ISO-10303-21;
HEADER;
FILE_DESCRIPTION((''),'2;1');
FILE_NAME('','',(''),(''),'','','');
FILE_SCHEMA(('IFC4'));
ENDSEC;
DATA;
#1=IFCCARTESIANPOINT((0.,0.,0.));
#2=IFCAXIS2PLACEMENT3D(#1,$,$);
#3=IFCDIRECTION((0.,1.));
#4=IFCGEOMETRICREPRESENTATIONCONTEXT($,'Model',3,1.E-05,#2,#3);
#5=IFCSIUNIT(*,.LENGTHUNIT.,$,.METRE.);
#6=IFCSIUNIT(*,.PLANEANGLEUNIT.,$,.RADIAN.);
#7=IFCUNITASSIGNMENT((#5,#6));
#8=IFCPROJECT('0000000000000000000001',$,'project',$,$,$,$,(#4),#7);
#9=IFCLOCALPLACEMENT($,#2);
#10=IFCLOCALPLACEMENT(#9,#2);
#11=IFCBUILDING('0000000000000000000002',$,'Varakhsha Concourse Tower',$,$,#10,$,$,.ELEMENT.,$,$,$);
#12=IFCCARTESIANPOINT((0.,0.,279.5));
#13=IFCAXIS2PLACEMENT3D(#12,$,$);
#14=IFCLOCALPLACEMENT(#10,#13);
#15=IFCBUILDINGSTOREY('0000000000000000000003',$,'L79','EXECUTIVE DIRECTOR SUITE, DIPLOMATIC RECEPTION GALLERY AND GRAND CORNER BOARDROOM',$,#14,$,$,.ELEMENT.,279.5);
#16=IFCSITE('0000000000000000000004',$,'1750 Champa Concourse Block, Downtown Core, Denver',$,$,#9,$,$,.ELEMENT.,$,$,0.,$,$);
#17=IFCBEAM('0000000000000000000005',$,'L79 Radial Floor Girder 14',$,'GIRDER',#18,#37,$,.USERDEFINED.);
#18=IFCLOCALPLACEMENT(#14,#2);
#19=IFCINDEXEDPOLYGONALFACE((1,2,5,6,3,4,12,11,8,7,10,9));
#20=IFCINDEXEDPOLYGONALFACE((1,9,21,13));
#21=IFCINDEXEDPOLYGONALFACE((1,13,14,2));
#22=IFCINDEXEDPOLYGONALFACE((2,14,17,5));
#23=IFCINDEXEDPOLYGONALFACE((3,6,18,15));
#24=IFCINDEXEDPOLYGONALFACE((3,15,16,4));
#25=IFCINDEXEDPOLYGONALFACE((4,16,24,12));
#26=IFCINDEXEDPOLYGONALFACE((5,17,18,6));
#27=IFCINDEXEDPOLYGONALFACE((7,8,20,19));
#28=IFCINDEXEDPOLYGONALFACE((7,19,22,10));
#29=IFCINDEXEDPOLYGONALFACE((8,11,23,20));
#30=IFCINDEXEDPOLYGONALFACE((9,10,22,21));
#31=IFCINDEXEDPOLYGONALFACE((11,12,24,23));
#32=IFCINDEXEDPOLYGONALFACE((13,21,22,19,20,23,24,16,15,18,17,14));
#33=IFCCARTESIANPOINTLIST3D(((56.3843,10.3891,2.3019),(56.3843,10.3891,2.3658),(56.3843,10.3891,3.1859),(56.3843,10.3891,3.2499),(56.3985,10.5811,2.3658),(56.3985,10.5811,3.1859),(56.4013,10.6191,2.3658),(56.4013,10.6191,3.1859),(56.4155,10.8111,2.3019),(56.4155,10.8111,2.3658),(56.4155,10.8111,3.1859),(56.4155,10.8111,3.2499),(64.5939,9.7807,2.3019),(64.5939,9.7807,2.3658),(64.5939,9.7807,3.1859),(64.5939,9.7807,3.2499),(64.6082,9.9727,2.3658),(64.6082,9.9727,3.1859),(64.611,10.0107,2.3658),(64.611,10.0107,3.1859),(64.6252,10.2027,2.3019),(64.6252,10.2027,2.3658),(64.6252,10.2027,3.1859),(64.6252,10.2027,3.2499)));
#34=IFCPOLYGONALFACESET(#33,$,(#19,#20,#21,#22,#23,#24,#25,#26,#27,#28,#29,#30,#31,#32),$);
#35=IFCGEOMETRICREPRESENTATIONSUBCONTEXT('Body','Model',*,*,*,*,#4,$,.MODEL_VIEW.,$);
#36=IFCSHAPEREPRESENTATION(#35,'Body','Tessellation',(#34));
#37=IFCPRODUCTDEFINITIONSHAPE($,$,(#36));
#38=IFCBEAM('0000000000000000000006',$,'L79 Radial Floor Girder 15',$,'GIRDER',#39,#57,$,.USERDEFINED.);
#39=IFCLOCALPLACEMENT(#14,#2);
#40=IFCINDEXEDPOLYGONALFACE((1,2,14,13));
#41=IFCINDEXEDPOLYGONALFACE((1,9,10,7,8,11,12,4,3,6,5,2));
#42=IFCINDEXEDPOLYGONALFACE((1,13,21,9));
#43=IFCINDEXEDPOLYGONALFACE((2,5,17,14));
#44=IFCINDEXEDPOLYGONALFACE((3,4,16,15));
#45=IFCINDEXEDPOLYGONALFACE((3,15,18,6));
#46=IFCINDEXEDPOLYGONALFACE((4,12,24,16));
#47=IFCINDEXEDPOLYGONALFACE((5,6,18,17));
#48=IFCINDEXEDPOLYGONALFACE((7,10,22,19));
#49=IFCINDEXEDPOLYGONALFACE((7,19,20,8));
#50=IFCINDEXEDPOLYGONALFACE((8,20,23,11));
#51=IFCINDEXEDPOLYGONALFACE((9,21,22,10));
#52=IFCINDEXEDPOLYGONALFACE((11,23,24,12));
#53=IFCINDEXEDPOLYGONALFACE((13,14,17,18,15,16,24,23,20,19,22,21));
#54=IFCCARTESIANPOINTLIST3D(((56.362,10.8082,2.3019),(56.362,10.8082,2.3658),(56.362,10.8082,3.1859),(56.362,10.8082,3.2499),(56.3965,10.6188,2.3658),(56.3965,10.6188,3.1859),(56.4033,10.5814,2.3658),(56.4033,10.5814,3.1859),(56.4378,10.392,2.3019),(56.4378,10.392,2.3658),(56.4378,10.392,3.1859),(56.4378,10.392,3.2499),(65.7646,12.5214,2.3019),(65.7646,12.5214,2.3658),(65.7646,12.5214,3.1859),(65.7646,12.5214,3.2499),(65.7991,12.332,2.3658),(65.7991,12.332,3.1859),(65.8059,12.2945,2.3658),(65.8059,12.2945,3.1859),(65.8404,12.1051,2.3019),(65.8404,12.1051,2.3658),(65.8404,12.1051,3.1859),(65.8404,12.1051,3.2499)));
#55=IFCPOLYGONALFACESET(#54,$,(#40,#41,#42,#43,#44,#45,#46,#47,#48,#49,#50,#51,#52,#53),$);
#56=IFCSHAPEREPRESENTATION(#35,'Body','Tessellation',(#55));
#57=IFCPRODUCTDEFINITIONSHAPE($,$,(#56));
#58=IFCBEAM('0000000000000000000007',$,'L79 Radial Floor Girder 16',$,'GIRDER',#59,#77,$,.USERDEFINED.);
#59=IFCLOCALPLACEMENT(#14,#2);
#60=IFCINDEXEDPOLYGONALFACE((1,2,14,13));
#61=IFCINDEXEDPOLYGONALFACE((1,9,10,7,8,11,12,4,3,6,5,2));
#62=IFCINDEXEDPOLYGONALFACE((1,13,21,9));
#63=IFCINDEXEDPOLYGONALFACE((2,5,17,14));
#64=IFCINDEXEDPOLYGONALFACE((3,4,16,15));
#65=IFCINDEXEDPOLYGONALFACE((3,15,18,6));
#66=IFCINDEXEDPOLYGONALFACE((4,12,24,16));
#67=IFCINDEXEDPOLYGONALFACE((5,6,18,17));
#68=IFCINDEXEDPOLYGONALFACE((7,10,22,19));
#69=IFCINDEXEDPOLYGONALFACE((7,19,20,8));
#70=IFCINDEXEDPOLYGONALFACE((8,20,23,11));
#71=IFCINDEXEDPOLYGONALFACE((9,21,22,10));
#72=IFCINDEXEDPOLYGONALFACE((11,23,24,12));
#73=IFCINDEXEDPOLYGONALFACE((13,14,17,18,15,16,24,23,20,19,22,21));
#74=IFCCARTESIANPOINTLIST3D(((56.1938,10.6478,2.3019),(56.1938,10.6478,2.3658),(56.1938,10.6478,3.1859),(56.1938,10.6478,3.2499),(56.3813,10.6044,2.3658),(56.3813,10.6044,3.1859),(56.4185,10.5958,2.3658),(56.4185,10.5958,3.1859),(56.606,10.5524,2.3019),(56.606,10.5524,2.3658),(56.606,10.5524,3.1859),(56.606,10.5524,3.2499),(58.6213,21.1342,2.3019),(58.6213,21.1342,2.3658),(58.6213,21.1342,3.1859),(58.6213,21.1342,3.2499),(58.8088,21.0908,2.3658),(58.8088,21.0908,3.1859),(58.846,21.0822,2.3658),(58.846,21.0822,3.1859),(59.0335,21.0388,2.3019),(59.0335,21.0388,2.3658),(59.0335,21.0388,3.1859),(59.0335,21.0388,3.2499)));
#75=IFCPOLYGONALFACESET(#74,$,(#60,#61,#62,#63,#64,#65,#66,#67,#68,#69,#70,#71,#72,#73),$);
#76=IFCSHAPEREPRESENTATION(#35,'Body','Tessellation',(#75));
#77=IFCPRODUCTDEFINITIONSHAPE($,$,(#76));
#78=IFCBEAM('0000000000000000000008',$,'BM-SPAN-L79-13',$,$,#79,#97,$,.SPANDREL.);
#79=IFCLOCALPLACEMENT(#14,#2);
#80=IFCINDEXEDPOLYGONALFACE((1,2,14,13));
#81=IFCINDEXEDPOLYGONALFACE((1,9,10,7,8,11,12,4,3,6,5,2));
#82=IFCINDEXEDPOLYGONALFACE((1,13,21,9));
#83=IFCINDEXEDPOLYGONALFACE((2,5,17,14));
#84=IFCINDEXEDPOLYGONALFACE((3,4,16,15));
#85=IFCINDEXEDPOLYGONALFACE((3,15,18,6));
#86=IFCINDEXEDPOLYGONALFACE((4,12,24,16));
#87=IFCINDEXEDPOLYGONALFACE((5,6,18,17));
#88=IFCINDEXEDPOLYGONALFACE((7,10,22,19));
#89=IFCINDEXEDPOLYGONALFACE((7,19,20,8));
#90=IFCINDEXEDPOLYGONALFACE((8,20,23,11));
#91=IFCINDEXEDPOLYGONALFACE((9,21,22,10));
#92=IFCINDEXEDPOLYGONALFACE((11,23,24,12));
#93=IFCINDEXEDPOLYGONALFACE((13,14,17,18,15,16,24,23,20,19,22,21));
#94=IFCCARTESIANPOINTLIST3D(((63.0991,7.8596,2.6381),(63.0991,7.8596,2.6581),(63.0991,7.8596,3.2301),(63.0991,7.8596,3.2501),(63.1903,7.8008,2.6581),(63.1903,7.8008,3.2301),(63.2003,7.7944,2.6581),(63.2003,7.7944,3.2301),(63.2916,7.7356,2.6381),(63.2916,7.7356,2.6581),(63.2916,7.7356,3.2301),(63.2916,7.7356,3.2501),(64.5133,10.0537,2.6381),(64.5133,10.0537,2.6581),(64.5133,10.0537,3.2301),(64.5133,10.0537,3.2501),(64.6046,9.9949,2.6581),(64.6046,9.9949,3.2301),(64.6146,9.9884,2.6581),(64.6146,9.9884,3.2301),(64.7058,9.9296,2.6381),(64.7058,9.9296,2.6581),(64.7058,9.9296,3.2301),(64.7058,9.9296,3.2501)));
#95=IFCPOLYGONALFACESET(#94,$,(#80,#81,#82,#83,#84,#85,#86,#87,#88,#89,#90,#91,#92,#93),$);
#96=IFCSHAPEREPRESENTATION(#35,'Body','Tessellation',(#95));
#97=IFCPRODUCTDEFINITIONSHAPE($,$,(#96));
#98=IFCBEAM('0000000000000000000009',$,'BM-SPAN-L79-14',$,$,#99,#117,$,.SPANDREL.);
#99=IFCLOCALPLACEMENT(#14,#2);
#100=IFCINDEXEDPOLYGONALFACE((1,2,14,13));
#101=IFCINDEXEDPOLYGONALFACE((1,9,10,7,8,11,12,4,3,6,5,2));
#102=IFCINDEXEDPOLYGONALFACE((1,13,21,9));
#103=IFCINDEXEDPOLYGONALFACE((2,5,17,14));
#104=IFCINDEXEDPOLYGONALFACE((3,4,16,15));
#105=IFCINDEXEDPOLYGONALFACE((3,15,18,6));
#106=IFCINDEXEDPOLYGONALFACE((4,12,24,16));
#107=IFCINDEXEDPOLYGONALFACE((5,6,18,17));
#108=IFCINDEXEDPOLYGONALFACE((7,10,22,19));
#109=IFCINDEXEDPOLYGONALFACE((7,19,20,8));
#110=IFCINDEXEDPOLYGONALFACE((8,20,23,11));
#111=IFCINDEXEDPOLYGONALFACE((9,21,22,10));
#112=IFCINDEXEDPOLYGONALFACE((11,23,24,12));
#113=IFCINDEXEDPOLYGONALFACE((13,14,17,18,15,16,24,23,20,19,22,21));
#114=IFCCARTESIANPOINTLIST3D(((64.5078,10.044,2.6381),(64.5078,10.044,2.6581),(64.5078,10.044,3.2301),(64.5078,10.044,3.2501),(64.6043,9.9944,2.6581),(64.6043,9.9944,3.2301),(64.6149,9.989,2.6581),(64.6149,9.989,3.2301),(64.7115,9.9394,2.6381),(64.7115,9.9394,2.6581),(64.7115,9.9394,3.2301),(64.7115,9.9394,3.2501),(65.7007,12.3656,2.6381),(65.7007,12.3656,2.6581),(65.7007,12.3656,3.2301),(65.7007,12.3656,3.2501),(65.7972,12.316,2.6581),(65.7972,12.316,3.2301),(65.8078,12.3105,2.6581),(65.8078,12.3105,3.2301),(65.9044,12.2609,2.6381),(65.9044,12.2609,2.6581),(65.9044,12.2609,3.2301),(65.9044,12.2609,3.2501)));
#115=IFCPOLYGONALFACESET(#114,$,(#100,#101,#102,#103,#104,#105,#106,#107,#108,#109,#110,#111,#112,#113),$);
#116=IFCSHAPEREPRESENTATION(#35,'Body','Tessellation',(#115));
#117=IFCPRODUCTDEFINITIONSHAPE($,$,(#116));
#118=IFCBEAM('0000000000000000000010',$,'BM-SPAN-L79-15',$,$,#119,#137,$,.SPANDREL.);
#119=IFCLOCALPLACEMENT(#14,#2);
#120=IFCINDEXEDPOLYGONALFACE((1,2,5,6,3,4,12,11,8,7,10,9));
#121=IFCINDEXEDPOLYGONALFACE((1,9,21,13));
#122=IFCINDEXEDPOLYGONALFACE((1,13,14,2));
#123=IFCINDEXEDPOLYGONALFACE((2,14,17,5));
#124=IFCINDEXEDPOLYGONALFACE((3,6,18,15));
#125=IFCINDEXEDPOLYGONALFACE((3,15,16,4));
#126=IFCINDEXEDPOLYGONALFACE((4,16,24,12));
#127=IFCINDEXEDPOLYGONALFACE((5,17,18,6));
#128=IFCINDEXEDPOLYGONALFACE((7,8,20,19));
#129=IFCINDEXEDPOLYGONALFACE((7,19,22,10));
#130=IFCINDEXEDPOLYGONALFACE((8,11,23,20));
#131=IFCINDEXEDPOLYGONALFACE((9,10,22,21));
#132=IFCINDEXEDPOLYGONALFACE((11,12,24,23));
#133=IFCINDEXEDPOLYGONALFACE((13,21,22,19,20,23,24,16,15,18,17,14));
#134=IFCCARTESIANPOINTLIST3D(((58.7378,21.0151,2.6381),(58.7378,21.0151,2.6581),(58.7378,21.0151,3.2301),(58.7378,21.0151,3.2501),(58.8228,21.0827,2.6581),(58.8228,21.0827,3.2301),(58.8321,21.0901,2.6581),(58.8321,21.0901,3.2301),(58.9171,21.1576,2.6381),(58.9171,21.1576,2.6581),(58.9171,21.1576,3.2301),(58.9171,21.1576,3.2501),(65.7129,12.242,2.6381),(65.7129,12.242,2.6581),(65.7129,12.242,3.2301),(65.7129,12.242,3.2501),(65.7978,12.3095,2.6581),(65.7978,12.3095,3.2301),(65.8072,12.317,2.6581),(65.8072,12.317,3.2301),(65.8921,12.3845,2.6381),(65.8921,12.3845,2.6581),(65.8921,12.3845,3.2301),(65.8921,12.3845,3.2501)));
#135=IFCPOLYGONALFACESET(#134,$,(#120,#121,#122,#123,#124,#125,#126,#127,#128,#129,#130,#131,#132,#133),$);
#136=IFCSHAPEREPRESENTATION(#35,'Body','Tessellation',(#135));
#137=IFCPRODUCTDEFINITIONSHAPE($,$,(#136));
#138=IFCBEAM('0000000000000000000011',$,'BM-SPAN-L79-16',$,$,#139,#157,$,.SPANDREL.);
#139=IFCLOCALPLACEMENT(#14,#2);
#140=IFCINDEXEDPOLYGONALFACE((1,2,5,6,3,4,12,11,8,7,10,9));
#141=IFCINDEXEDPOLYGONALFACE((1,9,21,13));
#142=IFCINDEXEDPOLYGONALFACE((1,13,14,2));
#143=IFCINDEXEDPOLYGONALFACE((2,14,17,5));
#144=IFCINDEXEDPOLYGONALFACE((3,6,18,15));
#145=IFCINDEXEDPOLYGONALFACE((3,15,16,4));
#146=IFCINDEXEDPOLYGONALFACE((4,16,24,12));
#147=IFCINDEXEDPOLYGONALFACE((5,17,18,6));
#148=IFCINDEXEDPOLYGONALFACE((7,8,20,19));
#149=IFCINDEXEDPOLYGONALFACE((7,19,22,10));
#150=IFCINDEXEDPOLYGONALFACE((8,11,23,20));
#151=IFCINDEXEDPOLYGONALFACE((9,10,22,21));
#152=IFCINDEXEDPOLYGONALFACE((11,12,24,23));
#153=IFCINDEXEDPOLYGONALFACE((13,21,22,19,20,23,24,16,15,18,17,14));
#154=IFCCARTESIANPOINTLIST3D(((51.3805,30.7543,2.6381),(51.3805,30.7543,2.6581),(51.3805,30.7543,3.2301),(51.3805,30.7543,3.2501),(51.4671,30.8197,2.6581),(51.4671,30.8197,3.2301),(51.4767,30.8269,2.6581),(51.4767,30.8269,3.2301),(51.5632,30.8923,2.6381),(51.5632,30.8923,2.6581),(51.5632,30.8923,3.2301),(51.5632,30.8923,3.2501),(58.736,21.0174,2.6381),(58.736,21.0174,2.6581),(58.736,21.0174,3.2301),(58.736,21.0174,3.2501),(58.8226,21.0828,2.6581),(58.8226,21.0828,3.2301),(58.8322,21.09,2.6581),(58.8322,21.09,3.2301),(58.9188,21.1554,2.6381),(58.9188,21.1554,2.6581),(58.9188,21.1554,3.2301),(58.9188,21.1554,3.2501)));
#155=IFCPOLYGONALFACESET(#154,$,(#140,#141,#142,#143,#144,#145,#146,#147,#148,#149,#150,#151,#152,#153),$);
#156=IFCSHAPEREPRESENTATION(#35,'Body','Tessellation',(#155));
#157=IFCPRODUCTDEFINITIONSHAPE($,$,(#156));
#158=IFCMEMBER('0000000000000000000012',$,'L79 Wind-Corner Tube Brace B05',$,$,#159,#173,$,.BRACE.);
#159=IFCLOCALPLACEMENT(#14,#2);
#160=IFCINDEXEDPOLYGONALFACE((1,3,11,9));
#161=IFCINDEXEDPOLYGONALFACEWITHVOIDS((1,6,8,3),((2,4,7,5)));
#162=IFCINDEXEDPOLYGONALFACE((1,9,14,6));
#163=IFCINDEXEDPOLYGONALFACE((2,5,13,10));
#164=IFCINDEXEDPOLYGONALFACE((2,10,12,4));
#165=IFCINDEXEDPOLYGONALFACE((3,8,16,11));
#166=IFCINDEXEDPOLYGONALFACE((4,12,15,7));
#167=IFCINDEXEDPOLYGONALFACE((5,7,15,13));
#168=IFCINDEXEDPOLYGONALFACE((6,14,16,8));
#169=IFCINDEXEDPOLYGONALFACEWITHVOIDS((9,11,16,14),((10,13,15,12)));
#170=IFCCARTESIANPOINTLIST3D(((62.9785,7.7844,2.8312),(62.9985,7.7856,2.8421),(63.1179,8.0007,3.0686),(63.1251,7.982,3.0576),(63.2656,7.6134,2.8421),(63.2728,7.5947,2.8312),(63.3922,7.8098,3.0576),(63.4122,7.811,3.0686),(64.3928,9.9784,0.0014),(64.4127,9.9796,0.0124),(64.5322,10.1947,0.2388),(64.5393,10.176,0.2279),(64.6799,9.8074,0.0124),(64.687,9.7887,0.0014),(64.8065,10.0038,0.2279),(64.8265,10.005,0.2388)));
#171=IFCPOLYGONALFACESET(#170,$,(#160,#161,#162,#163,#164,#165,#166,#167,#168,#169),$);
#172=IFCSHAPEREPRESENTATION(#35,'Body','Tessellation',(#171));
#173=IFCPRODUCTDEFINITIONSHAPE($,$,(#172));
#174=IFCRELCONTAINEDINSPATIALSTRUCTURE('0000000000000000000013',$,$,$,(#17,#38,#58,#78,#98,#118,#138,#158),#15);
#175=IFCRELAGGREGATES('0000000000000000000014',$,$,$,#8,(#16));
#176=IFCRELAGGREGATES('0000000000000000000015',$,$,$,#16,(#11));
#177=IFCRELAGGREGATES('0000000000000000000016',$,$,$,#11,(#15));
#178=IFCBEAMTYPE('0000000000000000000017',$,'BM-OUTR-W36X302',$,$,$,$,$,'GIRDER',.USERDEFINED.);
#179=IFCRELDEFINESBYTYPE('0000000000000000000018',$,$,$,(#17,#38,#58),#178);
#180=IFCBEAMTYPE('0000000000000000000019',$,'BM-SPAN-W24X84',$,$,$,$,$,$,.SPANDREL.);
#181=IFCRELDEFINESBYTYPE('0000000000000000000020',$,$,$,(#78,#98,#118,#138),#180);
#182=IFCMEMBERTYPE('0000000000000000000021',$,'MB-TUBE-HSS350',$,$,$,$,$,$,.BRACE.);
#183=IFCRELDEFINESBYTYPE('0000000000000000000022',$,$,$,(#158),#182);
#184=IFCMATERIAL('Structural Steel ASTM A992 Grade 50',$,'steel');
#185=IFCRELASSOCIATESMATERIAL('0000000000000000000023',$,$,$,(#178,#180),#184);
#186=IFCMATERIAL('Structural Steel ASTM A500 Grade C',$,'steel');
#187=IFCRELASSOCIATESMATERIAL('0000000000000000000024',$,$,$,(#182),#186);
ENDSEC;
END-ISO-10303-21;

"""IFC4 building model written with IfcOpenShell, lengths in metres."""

from ifc_helpers import new_model, si_unit, direction, frame, origin, origin_2d, place, context, subcontext, project, spatial, hollow_rectangle, i_section, extrude, source, transform, mapped, material, material_profile, profile_set, type_object, element, save


model = new_model("IFC4")

# Units and contexts
model_context = context("Model", 3, precision=1e-05, world=origin(), true_north=direction((0.0, 1.0)))
body_context = subcontext(model_context, "Body", "Model", "MODEL_VIEW")
ifc_project = project(units=[si_unit("LENGTHUNIT", "METRE"), si_unit("PLANEANGLEUNIT", "RADIAN")], contexts=[model_context])

# Site, building, storey
site_placement = place(None, origin())
site = spatial("IfcSite", under=ifc_project, at=site_placement, Name="1750 Champa Concourse Block, Downtown Core, Denver", CompositionType="ELEMENT", RefElevation=0.0)
building_placement = place(site_placement, origin())
building = spatial("IfcBuilding", under=site, at=building_placement, Name="Varakhsha Concourse Tower", CompositionType="ELEMENT")
storey_placement = place(building_placement, frame((0.0, 0.0, 279.5)))
storey = spatial("IfcBuildingStorey", under=building, at=storey_placement, Name="L79", Description="EXECUTIVE DIRECTOR SUITE, DIPLOMATIC RECEPTION GALLERY AND GRAND CORNER BOARDROOM", CompositionType="ELEMENT", Elevation=279.5)

# Shared definitions
ifc_material_1 = material(Name="Structural Steel ASTM A992 Grade 50", Category="steel")

# Beams
ifc_material_profile_1 = material_profile(ifc_material_1, i_section(OverallWidth=0.4231, OverallDepth=0.948, WebThickness=0.0381, FlangeThickness=0.064, at=origin_2d()), Name="W36X302")
ifc_profile_set_1 = profile_set([ifc_material_profile_1], Name="Structural Steel ASTM A992 Grade 50")
beam_type_1 = type_object("IfcBeamType", Name="BM-OUTR-W36X302", ElementType="GIRDER", PredefinedType="USERDEFINED", material=ifc_profile_set_1)
beam_1_placement = place(storey_placement, frame((56.3999, 10.6001, 2.7759), z_axis=(0.997265, -0.073904, 0.0), x_axis=(0.073904, 0.997265, 0.0)))
element("IfcBeam", 1, at=beam_1_placement, inside=storey, type_object=beam_type_1, Name="L79 Radial Floor Girder 14", ObjectType="GIRDER", PredefinedType="USERDEFINED", context=body_context, shape_type="SweptSolid", body=[
    extrude(i_section(OverallWidth=0.4231, OverallDepth=0.948, WebThickness=0.0381, FlangeThickness=0.064, at=origin_2d()), origin(), (0.0, 0.0, 1.0), 8.2322),
])
beam_2_placement = place(storey_placement, frame((56.3999, 10.6001, 2.7759), z_axis=(0.983804, 0.179247, 0.0), x_axis=(-0.179247, 0.983804, 0.0)))
element("IfcBeam", 2, at=beam_2_placement, inside=storey, type_object=beam_type_1, Name="L79 Radial Floor Girder 15", ObjectType="GIRDER", PredefinedType="USERDEFINED", context=body_context, shape_type="SweptSolid", body=[
    extrude(i_section(OverallWidth=0.4231, OverallDepth=0.948, WebThickness=0.0381, FlangeThickness=0.064, at=origin_2d()), origin(), (0.0, 0.0, 1.0), 9.5574),
])
beam_3_placement = place(storey_placement, frame((56.3999, 10.6001, 2.7759), z_axis=(0.225527, 0.974237, 0.0), x_axis=(-0.974237, 0.225527, 0.0)))
element("IfcBeam", 3, at=beam_3_placement, inside=storey, type_object=beam_type_1, Name="L79 Radial Floor Girder 16", ObjectType="GIRDER", PredefinedType="USERDEFINED", context=body_context, shape_type="SweptSolid", body=[
    extrude(i_section(OverallWidth=0.4231, OverallDepth=0.948, WebThickness=0.0381, FlangeThickness=0.064, at=origin_2d()), origin(), (0.0, 0.0, 1.0), 10.7637),
])
ifc_material_profile_2 = material_profile(ifc_material_1, i_section(OverallWidth=0.229, OverallDepth=0.6121, WebThickness=0.012, FlangeThickness=0.02, at=origin_2d()), Name="W24X84")
ifc_profile_set_2 = profile_set([ifc_material_profile_2], Name="Structural Steel ASTM A992 Grade 50")
beam_type_2 = type_object("IfcBeamType", Name="BM-SPAN-W24X84", PredefinedType="SPANDREL", material=ifc_profile_set_2)
beam_4_placement = place(storey_placement, frame((63.1953, 7.7976, 2.9441), z_axis=(0.541792, 0.840512, 0.0), x_axis=(-0.840512, 0.541792, 0.0)))
element("IfcBeam", 4, at=beam_4_placement, inside=storey, type_object=beam_type_2, Name="BM-SPAN-L79-13", PredefinedType="SPANDREL", context=body_context, shape_type="SweptSolid", body=[
    extrude(i_section(OverallWidth=0.229, OverallDepth=0.6121, WebThickness=0.012, FlangeThickness=0.02, at=origin_2d()), origin(), (0.0, 0.0, 1.0), 2.6104),
])
beam_5_placement = place(storey_placement, frame((64.6096, 9.9917, 2.9441), z_axis=(0.457027, 0.889453, 0.0), x_axis=(-0.889453, 0.457027, 0.0)))
element("IfcBeam", 5, at=beam_5_placement, inside=storey, type_object=beam_type_2, Name="BM-SPAN-L79-14", PredefinedType="SPANDREL", context=body_context, shape_type="SweptSolid", body=[
    extrude(i_section(OverallWidth=0.229, OverallDepth=0.6121, WebThickness=0.012, FlangeThickness=0.02, at=origin_2d()), origin(), (0.0, 0.0, 1.0), 2.6101),
])
beam_6_placement = place(storey_placement, frame((65.8025, 12.3132, 2.9441), z_axis=(-0.622328, 0.782757, 0.0), x_axis=(-0.782757, -0.622328, 0.0)))
element("IfcBeam", 6, at=beam_6_placement, inside=storey, type_object=beam_type_2, Name="BM-SPAN-L79-15", PredefinedType="SPANDREL", context=body_context, shape_type="SweptSolid", body=[
    extrude(i_section(OverallWidth=0.229, OverallDepth=0.6121, WebThickness=0.012, FlangeThickness=0.02, at=origin_2d()), origin(), (0.0, 0.0, 1.0), 11.208),
])
beam_7_placement = place(storey_placement, frame((58.8274, 21.0864, 2.9441), z_axis=(-0.602769, 0.797916, 0.0), x_axis=(-0.797916, -0.602769, 0.0)))
element("IfcBeam", 7, at=beam_7_placement, inside=storey, type_object=beam_type_2, Name="BM-SPAN-L79-16", PredefinedType="SPANDREL", context=body_context, shape_type="SweptSolid", body=[
    extrude(i_section(OverallWidth=0.229, OverallDepth=0.6121, WebThickness=0.012, FlangeThickness=0.02, at=origin_2d()), origin(), (0.0, 0.0, 1.0), 12.2029),
])

# Member
ifc_material_2 = material(Name="Structural Steel ASTM A500 Grade C", Category="steel")
ifc_material_profile_3 = material_profile(ifc_material_2, hollow_rectangle(XDim=0.3501, YDim=0.3501, WallThickness=0.0161, at=origin_2d()), Name="HSS 350x350x16")
ifc_profile_set_3 = profile_set([ifc_material_profile_3], Name="Structural Steel ASTM A500 Grade C")
member_type_1 = type_object("IfcMemberType", Name="MB-TUBE-HSS350", PredefinedType="BRACE", material=ifc_profile_set_3)
shared_shape_1 = source(origin(), body_context, "Body", "SweptSolid", [
    extrude(hollow_rectangle(XDim=0.3501, YDim=0.3501, WallThickness=0.0161, at=origin_2d()), origin(), (0.0, 0.0, 1.0), 3.8499),
])
member_1_placement = place(storey_placement, frame((64.6096, 9.9917, 0.1201), z_axis=(-0.367355, -0.569899, 0.735028), x_axis=(0.840512, -0.541792, 0.0)))
element("IfcMember", 8, at=member_1_placement, inside=storey, type_object=member_type_1, Name="L79 Wind-Corner Tube Brace B05", PredefinedType="BRACE", context=body_context, shape_type="MappedRepresentation", body=[
    mapped(shared_shape_1, transform((0.0, 0.0, 0.0), scale=1.0)),
])

save(model, "model.ifc")
